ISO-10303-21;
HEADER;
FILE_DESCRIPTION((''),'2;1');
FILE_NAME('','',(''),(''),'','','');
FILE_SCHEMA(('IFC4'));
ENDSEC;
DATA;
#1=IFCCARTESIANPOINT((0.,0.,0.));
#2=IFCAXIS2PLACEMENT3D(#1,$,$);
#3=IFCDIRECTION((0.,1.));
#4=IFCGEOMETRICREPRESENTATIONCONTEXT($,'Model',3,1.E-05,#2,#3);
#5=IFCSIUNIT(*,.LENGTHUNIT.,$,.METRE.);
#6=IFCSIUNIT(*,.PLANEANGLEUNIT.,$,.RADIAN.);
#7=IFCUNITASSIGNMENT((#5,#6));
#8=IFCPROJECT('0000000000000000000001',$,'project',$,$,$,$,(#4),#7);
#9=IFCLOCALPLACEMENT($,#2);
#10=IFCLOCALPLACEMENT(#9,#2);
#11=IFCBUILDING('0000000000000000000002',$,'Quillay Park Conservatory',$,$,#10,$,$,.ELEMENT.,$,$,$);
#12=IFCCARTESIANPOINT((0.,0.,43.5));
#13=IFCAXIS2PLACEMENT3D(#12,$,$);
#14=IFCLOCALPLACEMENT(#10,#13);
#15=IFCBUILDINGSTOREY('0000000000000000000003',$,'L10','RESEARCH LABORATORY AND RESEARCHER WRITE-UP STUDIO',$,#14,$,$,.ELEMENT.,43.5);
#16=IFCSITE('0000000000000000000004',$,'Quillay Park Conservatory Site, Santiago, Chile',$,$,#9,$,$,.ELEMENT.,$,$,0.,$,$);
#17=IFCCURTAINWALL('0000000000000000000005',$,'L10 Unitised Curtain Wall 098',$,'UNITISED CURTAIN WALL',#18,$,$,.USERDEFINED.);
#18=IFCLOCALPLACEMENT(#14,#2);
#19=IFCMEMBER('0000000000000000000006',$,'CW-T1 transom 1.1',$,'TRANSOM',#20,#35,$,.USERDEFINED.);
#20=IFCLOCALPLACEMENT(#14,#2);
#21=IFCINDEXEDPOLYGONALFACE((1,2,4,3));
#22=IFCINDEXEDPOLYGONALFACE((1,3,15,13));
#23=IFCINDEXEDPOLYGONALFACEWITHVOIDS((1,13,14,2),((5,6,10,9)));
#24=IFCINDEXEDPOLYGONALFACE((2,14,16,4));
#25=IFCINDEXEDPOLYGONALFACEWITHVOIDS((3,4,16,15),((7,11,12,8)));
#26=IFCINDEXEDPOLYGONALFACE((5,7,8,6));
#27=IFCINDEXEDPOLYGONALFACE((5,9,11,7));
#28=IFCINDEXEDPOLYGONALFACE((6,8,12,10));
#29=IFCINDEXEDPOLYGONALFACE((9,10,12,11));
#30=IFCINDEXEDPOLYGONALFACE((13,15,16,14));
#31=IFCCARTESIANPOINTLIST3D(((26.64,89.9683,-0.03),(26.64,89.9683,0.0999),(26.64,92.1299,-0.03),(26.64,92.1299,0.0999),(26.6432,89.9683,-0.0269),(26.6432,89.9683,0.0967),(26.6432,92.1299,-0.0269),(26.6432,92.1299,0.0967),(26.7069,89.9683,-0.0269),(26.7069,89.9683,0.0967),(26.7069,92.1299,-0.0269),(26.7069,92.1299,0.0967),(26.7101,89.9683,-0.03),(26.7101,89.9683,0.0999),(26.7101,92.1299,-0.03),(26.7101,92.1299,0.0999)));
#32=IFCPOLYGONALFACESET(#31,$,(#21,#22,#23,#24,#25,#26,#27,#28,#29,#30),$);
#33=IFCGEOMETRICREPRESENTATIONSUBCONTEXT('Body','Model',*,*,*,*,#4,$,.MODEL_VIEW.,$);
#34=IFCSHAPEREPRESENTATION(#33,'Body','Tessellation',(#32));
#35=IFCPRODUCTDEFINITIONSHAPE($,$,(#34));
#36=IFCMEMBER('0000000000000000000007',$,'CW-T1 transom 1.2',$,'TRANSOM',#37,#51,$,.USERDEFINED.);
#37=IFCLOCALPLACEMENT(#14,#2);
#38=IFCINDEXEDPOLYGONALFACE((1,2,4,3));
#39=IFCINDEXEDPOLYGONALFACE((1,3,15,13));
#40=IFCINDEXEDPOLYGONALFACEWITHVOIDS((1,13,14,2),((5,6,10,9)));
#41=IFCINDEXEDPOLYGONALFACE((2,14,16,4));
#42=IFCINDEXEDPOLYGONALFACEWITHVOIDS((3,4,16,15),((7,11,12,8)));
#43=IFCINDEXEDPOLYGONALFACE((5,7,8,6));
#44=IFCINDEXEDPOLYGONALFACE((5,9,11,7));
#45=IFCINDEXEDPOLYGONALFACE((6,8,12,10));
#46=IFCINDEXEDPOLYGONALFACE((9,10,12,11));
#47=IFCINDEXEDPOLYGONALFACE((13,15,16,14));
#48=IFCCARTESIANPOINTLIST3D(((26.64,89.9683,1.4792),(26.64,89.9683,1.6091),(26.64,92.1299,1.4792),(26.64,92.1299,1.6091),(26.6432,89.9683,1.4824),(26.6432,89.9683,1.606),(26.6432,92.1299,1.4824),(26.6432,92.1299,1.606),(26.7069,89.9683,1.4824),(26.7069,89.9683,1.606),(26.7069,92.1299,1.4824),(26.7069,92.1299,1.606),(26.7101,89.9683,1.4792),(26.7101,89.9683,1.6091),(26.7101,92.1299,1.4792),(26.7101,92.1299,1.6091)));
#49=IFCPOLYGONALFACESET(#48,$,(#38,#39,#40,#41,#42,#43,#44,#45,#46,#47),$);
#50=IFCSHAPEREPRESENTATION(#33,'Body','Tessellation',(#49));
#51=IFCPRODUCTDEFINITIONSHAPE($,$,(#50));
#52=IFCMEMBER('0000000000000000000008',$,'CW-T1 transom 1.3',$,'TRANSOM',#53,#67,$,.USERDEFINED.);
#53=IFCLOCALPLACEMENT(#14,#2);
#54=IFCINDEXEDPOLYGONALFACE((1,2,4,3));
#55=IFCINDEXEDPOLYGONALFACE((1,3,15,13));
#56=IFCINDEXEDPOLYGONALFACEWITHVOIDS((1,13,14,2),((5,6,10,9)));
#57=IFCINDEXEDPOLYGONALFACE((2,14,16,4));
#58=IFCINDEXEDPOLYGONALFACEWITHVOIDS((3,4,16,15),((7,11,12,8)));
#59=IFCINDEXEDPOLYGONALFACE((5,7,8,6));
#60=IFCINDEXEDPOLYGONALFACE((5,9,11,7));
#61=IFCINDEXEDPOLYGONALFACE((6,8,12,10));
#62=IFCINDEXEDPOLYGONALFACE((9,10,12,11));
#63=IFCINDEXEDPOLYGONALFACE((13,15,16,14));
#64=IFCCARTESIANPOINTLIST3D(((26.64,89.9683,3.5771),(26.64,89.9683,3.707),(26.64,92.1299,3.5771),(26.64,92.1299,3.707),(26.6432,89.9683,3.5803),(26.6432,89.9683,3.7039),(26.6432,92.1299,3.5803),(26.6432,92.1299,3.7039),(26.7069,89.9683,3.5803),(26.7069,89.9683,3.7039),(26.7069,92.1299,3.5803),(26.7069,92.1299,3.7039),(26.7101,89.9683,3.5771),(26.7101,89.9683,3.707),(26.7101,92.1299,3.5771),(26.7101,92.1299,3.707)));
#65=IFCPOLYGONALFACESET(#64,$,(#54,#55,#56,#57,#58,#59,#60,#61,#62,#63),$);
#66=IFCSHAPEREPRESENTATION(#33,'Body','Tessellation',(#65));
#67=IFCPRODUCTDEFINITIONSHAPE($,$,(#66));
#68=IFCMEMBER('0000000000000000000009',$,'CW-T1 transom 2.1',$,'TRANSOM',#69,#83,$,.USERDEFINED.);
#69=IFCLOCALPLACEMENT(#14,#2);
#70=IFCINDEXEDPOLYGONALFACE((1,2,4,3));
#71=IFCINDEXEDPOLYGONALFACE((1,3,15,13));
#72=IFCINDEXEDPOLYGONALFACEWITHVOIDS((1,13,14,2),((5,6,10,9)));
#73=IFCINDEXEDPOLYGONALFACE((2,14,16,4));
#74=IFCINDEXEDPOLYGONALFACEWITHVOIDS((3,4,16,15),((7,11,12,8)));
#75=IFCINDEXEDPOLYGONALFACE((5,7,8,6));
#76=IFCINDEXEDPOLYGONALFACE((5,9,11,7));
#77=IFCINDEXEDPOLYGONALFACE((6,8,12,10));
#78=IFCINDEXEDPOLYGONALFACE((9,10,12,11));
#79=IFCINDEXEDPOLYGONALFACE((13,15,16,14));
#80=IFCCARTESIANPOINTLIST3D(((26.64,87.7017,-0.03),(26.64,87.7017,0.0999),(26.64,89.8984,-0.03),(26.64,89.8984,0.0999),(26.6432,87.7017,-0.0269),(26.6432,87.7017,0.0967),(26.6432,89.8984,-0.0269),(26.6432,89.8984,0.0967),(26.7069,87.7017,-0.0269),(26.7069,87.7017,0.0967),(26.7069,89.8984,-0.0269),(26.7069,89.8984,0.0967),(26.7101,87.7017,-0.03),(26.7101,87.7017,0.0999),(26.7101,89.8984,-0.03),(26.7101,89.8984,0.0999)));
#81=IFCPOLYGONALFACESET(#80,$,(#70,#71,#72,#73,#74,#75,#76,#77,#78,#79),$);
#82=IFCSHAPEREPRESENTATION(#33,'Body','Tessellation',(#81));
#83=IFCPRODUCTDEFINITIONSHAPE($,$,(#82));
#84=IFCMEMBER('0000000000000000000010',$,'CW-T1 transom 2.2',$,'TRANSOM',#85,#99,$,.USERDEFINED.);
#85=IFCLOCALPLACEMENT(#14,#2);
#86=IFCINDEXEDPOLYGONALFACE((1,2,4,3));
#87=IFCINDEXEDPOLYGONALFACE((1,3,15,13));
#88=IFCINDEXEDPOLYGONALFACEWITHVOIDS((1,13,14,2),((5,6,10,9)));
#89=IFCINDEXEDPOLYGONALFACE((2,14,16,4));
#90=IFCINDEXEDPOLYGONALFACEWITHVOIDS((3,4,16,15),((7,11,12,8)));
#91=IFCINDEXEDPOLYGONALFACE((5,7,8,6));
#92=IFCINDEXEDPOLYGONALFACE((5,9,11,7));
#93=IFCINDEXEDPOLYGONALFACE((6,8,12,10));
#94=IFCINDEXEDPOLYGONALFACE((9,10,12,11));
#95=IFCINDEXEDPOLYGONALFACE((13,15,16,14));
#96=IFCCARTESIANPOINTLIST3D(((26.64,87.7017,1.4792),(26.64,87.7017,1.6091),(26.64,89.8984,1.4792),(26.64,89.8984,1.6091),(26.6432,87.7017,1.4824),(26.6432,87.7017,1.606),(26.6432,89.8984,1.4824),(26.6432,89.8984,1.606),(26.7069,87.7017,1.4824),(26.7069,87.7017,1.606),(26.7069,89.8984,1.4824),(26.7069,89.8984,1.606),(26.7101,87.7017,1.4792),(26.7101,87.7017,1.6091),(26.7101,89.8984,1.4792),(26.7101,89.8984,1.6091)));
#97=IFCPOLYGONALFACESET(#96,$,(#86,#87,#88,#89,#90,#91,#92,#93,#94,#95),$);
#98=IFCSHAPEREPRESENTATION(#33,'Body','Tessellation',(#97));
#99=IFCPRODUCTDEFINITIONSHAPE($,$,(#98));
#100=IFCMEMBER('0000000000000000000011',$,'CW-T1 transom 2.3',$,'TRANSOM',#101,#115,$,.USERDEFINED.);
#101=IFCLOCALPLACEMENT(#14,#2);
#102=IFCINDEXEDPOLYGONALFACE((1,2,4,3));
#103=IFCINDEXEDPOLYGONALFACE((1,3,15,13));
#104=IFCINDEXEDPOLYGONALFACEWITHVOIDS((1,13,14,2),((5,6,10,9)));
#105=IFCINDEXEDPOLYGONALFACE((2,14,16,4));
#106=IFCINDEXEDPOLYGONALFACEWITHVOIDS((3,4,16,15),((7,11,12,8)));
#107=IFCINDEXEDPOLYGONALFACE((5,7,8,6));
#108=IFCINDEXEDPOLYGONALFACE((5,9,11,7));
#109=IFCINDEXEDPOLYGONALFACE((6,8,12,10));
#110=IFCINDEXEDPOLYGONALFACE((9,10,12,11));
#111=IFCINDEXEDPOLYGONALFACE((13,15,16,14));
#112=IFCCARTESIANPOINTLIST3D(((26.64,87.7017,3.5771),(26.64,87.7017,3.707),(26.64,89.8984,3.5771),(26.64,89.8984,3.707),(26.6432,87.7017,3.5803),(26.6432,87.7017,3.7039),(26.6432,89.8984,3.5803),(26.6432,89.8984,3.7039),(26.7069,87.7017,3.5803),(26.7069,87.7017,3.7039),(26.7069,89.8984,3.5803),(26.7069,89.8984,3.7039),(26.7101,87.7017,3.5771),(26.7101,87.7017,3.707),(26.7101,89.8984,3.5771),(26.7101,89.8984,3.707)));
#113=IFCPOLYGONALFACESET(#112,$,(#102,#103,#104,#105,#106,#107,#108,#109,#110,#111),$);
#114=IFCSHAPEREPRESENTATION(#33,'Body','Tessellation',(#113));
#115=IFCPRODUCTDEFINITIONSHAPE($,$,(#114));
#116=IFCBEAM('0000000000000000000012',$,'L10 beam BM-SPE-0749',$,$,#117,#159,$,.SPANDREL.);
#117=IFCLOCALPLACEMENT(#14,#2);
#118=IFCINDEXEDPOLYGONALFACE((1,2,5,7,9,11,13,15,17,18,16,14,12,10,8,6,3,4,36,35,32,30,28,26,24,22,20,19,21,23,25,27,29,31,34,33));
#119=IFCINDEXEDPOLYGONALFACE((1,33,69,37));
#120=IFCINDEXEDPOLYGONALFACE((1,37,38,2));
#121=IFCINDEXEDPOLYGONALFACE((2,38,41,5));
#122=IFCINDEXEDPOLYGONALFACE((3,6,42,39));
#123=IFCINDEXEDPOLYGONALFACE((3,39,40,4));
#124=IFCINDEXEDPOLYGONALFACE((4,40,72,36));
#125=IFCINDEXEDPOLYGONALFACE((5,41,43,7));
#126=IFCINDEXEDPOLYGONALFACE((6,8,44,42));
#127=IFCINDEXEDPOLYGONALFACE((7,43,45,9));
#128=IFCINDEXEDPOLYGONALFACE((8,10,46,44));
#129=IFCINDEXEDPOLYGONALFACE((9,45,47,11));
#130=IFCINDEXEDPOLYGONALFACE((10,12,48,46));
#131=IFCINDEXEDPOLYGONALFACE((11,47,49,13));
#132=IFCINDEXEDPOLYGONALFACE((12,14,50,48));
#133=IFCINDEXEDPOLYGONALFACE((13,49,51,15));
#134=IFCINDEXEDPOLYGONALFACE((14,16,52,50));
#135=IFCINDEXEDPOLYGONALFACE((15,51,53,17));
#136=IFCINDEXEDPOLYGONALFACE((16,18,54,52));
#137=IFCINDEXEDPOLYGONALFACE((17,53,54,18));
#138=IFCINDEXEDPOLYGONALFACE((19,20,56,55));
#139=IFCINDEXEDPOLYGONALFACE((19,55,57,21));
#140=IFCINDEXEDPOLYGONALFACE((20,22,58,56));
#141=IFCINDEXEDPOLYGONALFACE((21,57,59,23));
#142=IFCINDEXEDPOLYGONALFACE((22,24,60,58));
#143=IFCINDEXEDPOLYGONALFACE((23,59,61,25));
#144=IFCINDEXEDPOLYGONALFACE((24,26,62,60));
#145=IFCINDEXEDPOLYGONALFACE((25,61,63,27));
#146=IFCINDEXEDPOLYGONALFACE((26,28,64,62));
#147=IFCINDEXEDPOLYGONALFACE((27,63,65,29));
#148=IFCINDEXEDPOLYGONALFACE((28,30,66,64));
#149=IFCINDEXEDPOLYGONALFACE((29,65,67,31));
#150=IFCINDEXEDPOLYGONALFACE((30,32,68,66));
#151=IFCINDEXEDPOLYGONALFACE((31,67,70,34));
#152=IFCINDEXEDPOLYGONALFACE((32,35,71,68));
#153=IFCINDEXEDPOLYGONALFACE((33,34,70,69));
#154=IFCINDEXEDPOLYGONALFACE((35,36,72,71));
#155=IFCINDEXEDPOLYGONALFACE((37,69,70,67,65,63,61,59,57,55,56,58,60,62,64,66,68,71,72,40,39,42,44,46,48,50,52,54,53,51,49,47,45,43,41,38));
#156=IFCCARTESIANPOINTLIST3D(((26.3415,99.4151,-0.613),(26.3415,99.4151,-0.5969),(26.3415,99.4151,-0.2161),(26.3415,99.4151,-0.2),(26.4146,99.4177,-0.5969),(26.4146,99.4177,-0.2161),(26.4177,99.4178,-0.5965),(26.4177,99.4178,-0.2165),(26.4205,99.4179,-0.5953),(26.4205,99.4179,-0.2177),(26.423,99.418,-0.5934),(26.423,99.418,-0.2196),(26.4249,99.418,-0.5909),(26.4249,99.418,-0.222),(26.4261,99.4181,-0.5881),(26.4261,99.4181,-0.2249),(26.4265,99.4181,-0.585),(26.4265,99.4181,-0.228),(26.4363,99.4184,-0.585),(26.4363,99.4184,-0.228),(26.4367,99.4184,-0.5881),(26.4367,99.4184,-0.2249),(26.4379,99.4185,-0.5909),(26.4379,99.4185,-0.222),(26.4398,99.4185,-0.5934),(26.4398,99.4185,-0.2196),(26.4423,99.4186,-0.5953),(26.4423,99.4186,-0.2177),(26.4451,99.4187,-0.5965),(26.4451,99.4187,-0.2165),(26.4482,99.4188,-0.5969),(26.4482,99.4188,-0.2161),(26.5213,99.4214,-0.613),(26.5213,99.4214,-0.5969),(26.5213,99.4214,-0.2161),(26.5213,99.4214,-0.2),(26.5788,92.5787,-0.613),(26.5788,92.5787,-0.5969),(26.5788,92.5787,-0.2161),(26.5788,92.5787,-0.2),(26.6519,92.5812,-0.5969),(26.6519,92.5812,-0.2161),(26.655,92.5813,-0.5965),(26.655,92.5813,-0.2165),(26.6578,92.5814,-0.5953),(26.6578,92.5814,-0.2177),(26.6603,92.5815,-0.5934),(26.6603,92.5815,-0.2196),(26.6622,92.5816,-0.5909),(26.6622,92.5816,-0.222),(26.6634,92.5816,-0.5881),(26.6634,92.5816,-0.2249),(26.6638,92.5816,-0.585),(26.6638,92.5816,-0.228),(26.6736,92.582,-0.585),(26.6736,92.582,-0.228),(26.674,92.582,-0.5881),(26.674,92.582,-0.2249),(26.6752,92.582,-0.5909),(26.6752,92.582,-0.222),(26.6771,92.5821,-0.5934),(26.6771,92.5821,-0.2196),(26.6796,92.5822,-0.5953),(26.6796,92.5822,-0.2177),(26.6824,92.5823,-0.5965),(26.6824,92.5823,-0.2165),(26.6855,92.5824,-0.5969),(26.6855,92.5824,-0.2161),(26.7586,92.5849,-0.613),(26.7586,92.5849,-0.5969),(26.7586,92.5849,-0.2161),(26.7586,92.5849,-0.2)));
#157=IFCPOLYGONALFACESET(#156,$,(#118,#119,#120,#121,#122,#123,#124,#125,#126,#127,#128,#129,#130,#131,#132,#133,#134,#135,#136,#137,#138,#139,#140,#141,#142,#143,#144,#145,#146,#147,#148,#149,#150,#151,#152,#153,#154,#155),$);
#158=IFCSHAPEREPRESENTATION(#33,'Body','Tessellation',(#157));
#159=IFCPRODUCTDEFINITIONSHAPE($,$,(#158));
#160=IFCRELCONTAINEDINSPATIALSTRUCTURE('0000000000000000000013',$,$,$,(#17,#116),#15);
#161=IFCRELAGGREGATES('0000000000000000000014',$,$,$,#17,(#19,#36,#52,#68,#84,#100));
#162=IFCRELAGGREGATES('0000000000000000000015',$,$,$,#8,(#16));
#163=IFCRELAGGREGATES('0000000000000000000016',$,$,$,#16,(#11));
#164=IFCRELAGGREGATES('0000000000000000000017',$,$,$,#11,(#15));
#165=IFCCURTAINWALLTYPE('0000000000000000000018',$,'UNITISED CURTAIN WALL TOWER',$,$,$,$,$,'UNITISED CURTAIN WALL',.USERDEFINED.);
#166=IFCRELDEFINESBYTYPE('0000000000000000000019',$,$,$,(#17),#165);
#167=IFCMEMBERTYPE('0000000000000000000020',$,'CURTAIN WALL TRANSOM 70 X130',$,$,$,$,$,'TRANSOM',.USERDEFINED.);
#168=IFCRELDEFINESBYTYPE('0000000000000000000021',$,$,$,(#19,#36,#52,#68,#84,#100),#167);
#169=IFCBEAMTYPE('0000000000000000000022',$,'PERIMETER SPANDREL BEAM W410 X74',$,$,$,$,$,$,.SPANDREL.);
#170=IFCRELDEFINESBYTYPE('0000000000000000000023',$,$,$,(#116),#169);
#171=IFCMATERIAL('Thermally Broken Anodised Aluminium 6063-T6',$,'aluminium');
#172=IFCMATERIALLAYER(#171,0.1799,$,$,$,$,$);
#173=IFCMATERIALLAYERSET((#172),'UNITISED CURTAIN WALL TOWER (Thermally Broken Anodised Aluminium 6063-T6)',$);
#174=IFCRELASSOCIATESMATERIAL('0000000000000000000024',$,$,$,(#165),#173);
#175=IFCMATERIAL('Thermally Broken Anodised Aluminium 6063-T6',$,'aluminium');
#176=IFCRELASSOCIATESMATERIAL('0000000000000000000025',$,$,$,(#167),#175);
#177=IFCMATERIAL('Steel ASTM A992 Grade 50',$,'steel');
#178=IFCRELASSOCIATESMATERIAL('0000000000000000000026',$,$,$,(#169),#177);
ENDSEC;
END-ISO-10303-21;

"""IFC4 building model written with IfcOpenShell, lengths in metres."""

from ifc_helpers import new_model, si_unit, direction, frame, origin, origin_2d, place, context, subcontext, project, spatial, hollow_rectangle, i_section, extrude, material, layer, layer_set, material_profile, profile_set, type_object, element, aggregate, save


model = new_model("IFC4")

# Units and contexts
model_context = context("Model", 3, precision=1e-05, world=origin(), true_north=direction((0.0, 1.0)))
body_context = subcontext(model_context, "Body", "Model", "MODEL_VIEW")
ifc_project = project(units=[si_unit("LENGTHUNIT", "METRE"), si_unit("PLANEANGLEUNIT", "RADIAN")], contexts=[model_context])

# Site, building, storey
site_placement = place(None, origin())
site = spatial("IfcSite", under=ifc_project, at=site_placement, Name="Quillay Park Conservatory Site, Santiago, Chile", CompositionType="ELEMENT", RefElevation=0.0)
building_placement = place(site_placement, origin())
building = spatial("IfcBuilding", under=site, at=building_placement, Name="Quillay Park Conservatory", CompositionType="ELEMENT")
storey_placement = place(building_placement, frame((0.0, 0.0, 43.5)))
storey = spatial("IfcBuildingStorey", under=building, at=storey_placement, Name="L10", Description="RESEARCH LABORATORY AND RESEARCHER WRITE-UP STUDIO", CompositionType="ELEMENT", Elevation=43.5)

# Curtain wall
ifc_material_1 = material(Name="Thermally Broken Anodised Aluminium 6063-T6", Category="aluminium")
ifc_layer_1 = layer(ifc_material_1, 0.1799)
ifc_layer_set_1 = layer_set([ifc_layer_1], Name="UNITISED CURTAIN WALL TOWER (Thermally Broken Anodised Aluminium 6063-T6)")
curtain_wall_type = type_object("IfcCurtainWallType", Name="UNITISED CURTAIN WALL TOWER", ElementType="UNITISED CURTAIN WALL", PredefinedType="USERDEFINED", material=ifc_layer_set_1)
curtain_wall_1_placement = place(storey_placement, origin())
curtain_wall_1 = element("IfcCurtainWall", 1, at=curtain_wall_1_placement, inside=storey, type_object=curtain_wall_type, Name="L10 Unitised Curtain Wall 098", ObjectType="UNITISED CURTAIN WALL", PredefinedType="USERDEFINED")

# Members
ifc_material_2 = material(Name="Thermally Broken Anodised Aluminium 6063-T6", Category="aluminium")
ifc_material_profile_1 = material_profile(ifc_material_2, hollow_rectangle(XDim=0.0701, YDim=0.1299, WallThickness=0.0032, at=origin_2d()), Name="AL70x130x3.2")
ifc_profile_set_1 = profile_set([ifc_material_profile_1], Name="Thermally Broken Anodised Aluminium 6063-T6")
member_type_1 = type_object("IfcMemberType", Name="CURTAIN WALL TRANSOM 70 X130", ElementType="TRANSOM", PredefinedType="USERDEFINED", material=ifc_profile_set_1)
member_1_placement = place(storey_placement, frame((26.675, 92.1299, 0.0349), z_axis=(0.0, -1.0, 0.0), x_axis=(1.0, 0.0, 0.0)))
member_1 = element("IfcMember", 2, at=member_1_placement, type_object=member_type_1, Name="CW-T1 transom 1.1", ObjectType="TRANSOM", PredefinedType="USERDEFINED", context=body_context, shape_type="SweptSolid", body=[
    extrude(hollow_rectangle(XDim=0.0701, YDim=0.1299, WallThickness=0.0032, at=origin_2d()), origin(), (0.0, 0.0, 1.0), 2.1616),
])
member_2_placement = place(storey_placement, frame((26.675, 92.1299, 1.5442), z_axis=(0.0, -1.0, 0.0), x_axis=(1.0, 0.0, 0.0)))
member_2 = element("IfcMember", 3, at=member_2_placement, type_object=member_type_1, Name="CW-T1 transom 1.2", ObjectType="TRANSOM", PredefinedType="USERDEFINED", context=body_context, shape_type="SweptSolid", body=[
    extrude(hollow_rectangle(XDim=0.0701, YDim=0.1299, WallThickness=0.0032, at=origin_2d()), origin(), (0.0, 0.0, 1.0), 2.1616),
])
member_3_placement = place(storey_placement, frame((26.675, 92.1299, 3.6421), z_axis=(0.0, -1.0, 0.0), x_axis=(1.0, 0.0, 0.0)))
member_3 = element("IfcMember", 4, at=member_3_placement, type_object=member_type_1, Name="CW-T1 transom 1.3", ObjectType="TRANSOM", PredefinedType="USERDEFINED", context=body_context, shape_type="SweptSolid", body=[
    extrude(hollow_rectangle(XDim=0.0701, YDim=0.1299, WallThickness=0.0032, at=origin_2d()), origin(), (0.0, 0.0, 1.0), 2.1616),
])
member_4_placement = place(storey_placement, frame((26.675, 89.8984, 0.0349), z_axis=(0.0, -1.0, 0.0), x_axis=(1.0, 0.0, 0.0)))
member_4 = element("IfcMember", 5, at=member_4_placement, type_object=member_type_1, Name="CW-T1 transom 2.1", ObjectType="TRANSOM", PredefinedType="USERDEFINED", context=body_context, shape_type="SweptSolid", body=[
    extrude(hollow_rectangle(XDim=0.0701, YDim=0.1299, WallThickness=0.0032, at=origin_2d()), origin(), (0.0, 0.0, 1.0), 2.1968),
])
member_5_placement = place(storey_placement, frame((26.675, 89.8984, 1.5442), z_axis=(0.0, -1.0, 0.0), x_axis=(1.0, 0.0, 0.0)))
member_5 = element("IfcMember", 6, at=member_5_placement, type_object=member_type_1, Name="CW-T1 transom 2.2", ObjectType="TRANSOM", PredefinedType="USERDEFINED", context=body_context, shape_type="SweptSolid", body=[
    extrude(hollow_rectangle(XDim=0.0701, YDim=0.1299, WallThickness=0.0032, at=origin_2d()), origin(), (0.0, 0.0, 1.0), 2.1968),
])
member_6_placement = place(storey_placement, frame((26.675, 89.8984, 3.6421), z_axis=(0.0, -1.0, 0.0), x_axis=(1.0, 0.0, 0.0)))
member_6 = element("IfcMember", 7, at=member_6_placement, type_object=member_type_1, Name="CW-T1 transom 2.3", ObjectType="TRANSOM", PredefinedType="USERDEFINED", context=body_context, shape_type="SweptSolid", body=[
    extrude(hollow_rectangle(XDim=0.0701, YDim=0.1299, WallThickness=0.0032, at=origin_2d()), origin(), (0.0, 0.0, 1.0), 2.1968),
])

# Beam
ifc_material_3 = material(Name="Steel ASTM A992 Grade 50", Category="steel")
ifc_material_profile_2 = material_profile(ifc_material_3, i_section(OverallWidth=0.1799, OverallDepth=0.4131, WebThickness=0.0098, FlangeThickness=0.0161, FilletRadius=0.012, at=origin_2d()), Name="W410x74")
ifc_profile_set_2 = profile_set([ifc_material_profile_2], Name="Steel ASTM A992 Grade 50")
beam_type_1 = type_object("IfcBeamType", Name="PERIMETER SPANDREL BEAM W410 X74", PredefinedType="SPANDREL", material=ifc_profile_set_2)
beam_1_placement = place(storey_placement, frame((26.6687, 92.5818, -0.4065), z_axis=(-0.034691, 0.999398, 0.0), x_axis=(-0.999398, -0.034691, 0.0)))
element("IfcBeam", 8, at=beam_1_placement, inside=storey, type_object=beam_type_1, Name="L10 beam BM-SPE-0749", PredefinedType="SPANDREL", context=body_context, shape_type="SweptSolid", body=[
    extrude(i_section(OverallWidth=0.1799, OverallDepth=0.4131, WebThickness=0.0098, FlangeThickness=0.0161, FilletRadius=0.012, at=origin_2d()), origin(), (0.0, 0.0, 1.0), 6.8406),
])

aggregate(curtain_wall_1, [member_1, member_2, member_3, member_4, member_5, member_6])

save(model, "model.ifc")
